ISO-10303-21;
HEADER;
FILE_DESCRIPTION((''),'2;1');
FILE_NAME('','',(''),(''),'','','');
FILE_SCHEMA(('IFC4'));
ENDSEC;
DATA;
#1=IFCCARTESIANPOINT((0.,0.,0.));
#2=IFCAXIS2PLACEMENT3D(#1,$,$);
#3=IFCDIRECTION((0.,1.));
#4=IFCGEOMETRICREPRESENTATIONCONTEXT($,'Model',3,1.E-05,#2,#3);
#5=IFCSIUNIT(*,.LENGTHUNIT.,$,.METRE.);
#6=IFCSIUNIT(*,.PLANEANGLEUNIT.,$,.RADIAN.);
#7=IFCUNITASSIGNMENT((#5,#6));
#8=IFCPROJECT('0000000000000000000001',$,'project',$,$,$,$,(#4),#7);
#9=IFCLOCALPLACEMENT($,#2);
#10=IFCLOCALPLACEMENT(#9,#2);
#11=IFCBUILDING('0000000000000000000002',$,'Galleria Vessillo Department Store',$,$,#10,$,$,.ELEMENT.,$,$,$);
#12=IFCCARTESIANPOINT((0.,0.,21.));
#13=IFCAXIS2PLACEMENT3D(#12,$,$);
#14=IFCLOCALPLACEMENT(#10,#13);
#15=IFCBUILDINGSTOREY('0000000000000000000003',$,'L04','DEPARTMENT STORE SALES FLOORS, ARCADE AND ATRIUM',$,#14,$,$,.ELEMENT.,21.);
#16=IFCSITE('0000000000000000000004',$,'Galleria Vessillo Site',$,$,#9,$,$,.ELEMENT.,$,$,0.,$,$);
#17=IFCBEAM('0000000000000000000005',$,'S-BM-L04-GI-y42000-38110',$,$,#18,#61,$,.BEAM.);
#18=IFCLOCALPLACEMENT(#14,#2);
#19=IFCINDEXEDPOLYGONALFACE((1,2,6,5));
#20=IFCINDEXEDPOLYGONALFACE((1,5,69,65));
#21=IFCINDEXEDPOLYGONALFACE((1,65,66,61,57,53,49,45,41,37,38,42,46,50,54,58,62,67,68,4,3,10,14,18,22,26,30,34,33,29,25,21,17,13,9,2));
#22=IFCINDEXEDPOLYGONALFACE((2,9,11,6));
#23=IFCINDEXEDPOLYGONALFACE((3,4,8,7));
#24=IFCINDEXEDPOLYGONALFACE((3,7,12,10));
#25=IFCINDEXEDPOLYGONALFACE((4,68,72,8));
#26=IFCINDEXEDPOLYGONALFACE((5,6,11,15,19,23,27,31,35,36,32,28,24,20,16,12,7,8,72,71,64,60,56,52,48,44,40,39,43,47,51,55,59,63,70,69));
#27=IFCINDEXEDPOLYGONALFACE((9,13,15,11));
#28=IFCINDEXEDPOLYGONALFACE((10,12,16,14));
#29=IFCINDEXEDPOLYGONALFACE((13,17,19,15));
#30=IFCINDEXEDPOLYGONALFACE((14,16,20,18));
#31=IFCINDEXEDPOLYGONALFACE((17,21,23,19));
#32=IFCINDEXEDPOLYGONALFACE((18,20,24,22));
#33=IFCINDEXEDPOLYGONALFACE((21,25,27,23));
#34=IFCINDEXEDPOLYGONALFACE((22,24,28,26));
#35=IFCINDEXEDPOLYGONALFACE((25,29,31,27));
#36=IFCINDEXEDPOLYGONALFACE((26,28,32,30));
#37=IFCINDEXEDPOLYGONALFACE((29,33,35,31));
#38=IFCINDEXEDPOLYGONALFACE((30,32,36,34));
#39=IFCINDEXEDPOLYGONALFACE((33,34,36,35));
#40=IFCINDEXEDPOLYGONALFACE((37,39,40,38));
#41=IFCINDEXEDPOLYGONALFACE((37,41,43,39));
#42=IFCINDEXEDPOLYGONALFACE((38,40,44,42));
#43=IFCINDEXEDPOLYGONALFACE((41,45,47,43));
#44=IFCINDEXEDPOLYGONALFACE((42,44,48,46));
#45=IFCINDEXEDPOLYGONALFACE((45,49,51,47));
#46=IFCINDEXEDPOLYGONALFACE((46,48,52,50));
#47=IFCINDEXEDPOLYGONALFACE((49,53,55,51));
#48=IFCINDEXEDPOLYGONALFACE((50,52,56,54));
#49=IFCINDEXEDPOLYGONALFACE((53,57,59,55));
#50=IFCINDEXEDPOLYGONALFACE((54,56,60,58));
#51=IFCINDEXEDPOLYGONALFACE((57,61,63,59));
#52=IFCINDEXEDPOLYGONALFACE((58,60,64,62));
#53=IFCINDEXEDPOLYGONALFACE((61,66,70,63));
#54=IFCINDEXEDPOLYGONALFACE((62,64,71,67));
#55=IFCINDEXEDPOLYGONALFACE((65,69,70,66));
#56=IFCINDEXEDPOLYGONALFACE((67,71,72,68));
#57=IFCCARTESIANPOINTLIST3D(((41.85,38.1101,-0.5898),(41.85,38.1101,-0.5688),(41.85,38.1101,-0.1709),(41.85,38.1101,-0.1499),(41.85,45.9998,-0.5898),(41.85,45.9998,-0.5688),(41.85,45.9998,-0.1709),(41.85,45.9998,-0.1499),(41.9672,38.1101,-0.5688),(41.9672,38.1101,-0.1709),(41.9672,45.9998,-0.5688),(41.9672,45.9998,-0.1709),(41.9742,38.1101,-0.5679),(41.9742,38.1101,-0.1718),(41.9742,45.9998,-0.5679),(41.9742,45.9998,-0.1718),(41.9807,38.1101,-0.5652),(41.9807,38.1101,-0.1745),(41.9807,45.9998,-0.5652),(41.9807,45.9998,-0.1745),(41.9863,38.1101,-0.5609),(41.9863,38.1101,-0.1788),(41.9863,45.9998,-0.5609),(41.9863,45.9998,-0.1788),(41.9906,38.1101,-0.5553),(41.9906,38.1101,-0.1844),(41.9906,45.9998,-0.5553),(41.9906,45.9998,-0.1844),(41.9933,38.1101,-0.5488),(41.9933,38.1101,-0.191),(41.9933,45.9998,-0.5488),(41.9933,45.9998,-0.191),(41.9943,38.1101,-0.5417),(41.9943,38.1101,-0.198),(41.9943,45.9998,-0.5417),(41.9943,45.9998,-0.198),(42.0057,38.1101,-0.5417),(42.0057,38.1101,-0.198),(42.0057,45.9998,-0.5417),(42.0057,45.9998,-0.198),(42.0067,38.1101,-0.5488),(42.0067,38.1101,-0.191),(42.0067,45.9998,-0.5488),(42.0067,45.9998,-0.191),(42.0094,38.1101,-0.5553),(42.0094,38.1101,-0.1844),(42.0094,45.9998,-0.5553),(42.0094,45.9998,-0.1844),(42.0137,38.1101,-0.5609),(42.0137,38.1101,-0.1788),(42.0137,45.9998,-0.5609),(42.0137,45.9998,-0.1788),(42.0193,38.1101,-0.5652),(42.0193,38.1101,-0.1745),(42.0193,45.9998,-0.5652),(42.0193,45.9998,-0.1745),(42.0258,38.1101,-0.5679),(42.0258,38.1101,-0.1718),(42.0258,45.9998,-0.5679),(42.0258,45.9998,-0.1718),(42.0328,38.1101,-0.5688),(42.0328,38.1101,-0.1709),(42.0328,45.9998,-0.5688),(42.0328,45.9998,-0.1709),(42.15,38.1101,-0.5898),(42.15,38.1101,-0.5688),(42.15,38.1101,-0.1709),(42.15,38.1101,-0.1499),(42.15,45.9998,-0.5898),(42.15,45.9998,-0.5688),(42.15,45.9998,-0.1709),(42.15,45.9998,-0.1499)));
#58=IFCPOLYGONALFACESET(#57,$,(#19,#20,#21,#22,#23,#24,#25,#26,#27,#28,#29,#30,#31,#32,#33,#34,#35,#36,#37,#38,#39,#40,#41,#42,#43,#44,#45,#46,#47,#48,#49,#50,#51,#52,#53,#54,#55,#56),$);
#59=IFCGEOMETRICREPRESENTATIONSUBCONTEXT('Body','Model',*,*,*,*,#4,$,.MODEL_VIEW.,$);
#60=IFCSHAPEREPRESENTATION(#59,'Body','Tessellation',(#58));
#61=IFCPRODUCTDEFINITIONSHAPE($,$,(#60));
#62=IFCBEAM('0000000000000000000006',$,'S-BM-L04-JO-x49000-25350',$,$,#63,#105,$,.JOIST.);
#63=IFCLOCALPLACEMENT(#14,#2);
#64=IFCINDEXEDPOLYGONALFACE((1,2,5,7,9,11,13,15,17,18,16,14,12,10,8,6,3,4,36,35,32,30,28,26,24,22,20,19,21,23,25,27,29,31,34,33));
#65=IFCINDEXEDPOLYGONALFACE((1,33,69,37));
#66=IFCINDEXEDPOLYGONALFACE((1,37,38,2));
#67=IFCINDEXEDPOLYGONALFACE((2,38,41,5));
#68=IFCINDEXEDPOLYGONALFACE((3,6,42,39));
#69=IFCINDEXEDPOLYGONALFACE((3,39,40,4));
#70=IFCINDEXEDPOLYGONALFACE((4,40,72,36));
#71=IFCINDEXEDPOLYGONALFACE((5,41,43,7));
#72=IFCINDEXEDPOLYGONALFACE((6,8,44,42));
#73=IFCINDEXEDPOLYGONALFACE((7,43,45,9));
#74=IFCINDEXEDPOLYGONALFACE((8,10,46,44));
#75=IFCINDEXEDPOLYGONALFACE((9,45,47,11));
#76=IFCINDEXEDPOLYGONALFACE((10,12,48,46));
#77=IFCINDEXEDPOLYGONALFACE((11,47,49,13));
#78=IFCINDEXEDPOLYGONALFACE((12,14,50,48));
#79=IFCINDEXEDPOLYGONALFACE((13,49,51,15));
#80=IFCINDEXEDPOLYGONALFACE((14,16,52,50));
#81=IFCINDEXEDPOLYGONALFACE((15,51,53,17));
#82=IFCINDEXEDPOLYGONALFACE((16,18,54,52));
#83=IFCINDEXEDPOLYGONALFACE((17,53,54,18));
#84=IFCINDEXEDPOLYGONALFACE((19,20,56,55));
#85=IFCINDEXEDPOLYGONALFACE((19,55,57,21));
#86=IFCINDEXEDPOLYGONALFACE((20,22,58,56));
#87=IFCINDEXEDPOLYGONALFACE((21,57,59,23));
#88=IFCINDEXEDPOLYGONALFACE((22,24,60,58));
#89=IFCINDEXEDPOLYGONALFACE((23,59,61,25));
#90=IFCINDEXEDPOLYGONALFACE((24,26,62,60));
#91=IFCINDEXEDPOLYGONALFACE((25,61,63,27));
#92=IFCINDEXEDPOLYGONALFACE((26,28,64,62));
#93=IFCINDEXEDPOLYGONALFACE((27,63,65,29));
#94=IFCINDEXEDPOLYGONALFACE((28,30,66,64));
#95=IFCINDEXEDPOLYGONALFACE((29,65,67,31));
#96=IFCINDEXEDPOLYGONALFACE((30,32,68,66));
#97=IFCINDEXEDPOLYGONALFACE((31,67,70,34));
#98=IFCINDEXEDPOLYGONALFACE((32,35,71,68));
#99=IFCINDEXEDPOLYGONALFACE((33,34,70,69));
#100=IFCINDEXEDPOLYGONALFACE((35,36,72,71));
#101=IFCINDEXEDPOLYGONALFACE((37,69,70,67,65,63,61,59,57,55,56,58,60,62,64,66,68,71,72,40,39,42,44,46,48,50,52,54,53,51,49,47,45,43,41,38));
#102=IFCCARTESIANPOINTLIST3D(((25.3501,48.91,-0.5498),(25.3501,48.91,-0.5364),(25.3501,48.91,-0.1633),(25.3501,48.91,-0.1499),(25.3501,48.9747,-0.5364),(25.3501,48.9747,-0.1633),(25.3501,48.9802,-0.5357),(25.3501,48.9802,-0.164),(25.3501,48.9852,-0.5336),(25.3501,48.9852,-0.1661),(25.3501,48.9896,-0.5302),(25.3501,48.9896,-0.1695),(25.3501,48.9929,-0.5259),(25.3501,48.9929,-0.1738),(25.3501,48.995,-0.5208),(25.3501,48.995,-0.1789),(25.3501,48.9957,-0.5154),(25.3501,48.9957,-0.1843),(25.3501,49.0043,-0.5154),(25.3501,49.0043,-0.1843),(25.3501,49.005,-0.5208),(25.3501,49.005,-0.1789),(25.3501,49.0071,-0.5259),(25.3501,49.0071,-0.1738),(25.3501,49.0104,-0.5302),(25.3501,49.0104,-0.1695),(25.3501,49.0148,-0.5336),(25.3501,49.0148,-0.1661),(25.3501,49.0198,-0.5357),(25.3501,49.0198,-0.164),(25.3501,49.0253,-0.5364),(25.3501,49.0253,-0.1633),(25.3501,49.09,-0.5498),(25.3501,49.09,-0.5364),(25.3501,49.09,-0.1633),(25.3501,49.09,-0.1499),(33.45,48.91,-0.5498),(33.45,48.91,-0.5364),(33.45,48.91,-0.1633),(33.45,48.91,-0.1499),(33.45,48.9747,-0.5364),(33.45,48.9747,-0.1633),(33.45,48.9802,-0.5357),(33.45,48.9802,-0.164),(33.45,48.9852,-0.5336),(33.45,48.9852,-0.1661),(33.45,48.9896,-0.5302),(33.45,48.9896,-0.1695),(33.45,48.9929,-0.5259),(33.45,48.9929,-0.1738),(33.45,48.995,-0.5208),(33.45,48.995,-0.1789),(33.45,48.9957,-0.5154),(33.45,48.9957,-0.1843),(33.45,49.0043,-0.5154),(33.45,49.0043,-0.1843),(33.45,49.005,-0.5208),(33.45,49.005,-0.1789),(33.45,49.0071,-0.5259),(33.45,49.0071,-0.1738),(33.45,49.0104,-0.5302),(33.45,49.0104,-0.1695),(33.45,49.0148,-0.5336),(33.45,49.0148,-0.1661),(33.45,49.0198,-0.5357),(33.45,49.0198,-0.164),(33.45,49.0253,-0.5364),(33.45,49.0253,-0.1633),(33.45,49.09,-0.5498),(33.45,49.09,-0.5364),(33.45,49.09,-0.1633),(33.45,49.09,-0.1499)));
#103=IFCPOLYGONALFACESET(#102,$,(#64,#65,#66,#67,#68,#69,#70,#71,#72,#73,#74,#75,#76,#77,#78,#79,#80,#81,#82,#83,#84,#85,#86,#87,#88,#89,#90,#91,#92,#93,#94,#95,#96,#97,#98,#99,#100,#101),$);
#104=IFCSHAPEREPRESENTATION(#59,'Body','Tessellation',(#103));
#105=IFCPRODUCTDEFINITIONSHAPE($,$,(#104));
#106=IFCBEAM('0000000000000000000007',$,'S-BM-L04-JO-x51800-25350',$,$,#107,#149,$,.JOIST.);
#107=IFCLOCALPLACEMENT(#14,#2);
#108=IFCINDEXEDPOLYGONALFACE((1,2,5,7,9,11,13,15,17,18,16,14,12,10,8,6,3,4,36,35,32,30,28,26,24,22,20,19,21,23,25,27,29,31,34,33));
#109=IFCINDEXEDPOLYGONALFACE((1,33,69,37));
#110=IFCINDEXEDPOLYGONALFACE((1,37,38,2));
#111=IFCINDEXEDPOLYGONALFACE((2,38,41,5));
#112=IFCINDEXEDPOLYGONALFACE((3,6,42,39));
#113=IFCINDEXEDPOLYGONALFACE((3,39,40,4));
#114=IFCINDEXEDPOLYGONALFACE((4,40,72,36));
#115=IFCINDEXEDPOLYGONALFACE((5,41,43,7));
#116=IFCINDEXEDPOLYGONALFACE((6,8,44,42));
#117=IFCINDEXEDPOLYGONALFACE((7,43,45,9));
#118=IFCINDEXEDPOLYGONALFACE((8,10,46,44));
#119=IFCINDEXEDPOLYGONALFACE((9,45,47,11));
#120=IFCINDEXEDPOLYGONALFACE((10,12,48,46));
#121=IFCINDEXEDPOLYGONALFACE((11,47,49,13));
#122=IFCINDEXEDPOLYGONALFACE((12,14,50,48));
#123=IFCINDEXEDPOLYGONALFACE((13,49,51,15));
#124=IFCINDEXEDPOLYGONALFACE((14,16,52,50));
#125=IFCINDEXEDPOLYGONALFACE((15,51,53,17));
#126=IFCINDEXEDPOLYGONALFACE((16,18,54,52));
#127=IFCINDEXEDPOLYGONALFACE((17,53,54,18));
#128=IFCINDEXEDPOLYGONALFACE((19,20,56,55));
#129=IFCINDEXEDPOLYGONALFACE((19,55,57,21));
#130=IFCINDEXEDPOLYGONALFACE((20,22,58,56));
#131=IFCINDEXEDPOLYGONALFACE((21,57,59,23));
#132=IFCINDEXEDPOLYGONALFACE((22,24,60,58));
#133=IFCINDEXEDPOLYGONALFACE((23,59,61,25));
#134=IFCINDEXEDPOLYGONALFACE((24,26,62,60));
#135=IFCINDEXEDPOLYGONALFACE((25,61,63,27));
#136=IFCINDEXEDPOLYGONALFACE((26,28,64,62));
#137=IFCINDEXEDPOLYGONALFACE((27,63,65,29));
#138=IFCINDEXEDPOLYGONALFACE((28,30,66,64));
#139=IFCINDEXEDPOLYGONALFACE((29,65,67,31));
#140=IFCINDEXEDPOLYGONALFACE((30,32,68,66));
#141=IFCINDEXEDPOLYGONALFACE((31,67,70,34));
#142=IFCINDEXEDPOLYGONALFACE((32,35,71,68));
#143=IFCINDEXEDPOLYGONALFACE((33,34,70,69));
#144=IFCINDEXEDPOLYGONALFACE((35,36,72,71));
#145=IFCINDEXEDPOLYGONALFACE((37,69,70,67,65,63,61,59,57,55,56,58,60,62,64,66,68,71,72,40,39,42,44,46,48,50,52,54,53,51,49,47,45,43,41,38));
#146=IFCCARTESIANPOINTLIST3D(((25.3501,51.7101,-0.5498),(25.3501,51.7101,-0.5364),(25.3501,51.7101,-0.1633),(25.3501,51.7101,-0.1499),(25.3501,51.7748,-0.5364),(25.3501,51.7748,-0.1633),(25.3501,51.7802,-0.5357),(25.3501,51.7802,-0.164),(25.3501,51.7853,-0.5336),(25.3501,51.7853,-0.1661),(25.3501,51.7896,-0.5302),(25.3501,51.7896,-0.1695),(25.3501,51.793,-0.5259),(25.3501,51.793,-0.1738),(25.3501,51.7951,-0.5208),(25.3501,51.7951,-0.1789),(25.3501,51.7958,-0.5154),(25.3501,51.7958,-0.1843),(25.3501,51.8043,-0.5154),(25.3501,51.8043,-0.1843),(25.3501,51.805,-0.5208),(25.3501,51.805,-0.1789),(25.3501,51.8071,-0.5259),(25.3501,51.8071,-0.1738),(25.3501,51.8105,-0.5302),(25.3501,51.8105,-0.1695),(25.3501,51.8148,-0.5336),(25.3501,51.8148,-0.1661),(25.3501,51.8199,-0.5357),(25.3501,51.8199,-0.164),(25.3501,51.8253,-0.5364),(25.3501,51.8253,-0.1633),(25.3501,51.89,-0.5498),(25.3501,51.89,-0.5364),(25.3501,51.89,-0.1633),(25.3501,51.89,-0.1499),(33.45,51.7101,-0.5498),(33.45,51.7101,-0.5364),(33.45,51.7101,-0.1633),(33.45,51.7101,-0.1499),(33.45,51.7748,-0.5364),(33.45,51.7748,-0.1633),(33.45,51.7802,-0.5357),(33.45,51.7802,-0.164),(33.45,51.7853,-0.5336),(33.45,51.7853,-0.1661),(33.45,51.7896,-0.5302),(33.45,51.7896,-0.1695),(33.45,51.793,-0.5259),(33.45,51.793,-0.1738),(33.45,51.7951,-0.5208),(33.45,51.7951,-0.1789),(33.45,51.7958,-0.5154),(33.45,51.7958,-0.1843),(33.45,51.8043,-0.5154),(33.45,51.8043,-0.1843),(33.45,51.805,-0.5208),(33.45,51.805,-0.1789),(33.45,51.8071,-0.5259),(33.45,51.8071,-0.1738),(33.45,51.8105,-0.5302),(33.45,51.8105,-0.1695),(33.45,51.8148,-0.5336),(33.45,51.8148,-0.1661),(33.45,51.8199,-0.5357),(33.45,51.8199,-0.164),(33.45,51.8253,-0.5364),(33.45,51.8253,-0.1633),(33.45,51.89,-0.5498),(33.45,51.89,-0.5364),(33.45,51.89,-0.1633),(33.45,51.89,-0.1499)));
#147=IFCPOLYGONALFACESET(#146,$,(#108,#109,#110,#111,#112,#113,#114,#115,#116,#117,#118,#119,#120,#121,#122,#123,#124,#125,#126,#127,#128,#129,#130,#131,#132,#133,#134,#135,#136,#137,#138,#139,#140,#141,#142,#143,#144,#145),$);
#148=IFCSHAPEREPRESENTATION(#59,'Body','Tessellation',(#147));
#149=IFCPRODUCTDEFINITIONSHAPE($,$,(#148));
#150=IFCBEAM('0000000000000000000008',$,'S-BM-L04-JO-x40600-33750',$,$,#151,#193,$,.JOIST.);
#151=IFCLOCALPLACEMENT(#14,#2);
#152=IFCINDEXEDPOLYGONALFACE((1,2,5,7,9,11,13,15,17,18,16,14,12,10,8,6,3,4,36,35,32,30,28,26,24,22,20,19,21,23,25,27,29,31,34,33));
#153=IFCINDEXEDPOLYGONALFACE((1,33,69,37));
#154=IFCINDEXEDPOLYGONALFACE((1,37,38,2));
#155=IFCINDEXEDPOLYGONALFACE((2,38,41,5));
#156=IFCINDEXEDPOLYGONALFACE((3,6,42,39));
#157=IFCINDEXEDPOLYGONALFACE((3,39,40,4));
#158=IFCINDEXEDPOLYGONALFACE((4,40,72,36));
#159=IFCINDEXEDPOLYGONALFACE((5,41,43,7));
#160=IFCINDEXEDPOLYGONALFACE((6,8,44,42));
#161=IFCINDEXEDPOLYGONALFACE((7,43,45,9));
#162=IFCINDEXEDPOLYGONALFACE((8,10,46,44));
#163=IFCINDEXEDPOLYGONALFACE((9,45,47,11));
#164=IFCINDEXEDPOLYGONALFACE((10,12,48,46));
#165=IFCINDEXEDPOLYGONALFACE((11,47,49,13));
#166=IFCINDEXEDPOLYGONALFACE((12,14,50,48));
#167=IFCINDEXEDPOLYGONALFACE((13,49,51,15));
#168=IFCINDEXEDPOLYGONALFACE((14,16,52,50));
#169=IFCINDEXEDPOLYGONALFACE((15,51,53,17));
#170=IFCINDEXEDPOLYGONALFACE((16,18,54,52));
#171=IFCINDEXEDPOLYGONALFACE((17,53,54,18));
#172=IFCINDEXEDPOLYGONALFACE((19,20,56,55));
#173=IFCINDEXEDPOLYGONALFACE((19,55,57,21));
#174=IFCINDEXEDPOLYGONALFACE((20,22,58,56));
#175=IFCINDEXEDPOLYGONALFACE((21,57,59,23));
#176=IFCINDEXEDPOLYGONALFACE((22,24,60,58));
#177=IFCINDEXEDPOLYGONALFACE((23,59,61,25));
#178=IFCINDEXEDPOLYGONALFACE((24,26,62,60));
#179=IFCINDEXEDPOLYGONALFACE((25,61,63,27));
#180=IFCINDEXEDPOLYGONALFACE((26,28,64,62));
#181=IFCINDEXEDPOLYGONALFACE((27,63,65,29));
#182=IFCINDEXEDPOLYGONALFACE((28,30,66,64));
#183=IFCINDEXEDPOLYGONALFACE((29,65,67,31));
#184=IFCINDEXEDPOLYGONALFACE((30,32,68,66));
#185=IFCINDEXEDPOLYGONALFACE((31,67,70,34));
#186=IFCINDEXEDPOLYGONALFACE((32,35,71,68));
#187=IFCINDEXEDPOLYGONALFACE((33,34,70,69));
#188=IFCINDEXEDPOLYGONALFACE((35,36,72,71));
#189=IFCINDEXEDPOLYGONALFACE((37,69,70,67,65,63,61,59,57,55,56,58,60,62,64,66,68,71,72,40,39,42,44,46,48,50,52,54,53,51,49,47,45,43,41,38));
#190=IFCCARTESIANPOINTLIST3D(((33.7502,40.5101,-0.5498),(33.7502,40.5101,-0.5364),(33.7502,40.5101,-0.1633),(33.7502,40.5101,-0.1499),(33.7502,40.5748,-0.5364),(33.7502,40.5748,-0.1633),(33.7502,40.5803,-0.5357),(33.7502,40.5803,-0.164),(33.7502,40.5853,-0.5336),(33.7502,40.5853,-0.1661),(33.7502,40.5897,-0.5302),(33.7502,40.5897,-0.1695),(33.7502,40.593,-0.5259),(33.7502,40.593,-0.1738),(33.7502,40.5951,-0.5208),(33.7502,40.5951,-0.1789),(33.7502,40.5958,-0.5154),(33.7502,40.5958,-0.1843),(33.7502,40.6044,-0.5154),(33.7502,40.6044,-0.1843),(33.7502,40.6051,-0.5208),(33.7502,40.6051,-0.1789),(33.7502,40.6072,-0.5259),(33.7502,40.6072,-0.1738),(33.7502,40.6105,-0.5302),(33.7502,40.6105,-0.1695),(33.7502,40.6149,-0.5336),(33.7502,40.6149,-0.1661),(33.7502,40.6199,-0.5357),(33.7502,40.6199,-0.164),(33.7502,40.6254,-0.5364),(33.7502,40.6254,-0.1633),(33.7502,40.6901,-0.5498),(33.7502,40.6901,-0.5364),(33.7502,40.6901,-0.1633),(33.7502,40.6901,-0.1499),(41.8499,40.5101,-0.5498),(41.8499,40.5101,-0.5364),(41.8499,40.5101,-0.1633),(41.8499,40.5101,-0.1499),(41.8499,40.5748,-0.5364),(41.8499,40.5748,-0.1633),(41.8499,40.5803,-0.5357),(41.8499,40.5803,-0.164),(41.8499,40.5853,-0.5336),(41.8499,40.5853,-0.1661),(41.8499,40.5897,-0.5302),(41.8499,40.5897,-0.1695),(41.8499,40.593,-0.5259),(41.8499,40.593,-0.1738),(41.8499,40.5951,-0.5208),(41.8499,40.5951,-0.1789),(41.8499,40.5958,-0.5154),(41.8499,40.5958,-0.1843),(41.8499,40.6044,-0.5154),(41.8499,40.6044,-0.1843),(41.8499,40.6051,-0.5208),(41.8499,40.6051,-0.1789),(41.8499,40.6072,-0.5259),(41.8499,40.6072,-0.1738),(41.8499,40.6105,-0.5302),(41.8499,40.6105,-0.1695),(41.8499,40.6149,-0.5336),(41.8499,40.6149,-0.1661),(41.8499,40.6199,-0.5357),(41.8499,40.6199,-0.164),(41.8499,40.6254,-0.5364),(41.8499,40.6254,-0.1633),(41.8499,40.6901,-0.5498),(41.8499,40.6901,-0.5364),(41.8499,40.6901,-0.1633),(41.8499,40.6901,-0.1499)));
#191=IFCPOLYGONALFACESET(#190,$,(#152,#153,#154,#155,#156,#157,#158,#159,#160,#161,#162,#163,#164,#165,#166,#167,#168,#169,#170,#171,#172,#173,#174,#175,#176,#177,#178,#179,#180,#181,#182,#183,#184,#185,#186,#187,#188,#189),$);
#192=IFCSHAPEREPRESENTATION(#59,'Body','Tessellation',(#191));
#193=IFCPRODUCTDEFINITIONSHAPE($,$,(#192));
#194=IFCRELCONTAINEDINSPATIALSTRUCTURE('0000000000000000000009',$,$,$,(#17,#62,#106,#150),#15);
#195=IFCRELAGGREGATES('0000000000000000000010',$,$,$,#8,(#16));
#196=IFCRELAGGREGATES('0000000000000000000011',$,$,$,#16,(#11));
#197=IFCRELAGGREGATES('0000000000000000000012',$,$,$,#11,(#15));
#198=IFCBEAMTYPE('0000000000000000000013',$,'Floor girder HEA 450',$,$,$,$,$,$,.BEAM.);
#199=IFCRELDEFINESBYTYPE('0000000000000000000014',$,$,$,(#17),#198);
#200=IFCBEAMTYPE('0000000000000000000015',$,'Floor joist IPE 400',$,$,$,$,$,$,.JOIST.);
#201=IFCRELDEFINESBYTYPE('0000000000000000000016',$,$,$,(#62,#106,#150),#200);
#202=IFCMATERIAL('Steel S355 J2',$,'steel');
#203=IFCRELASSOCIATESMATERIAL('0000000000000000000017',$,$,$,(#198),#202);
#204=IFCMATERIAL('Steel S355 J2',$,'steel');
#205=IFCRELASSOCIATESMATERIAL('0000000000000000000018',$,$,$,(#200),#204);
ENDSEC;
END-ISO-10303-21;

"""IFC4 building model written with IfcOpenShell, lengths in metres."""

from ifc_helpers import new_model, si_unit, direction, frame, origin, origin_2d, place, context, subcontext, project, spatial, i_section, extrude, material, material_profile, profile_set, type_object, element, save


model = new_model("IFC4")

# Units and contexts
model_context = context("Model", 3, precision=1e-05, world=origin(), true_north=direction((0.0, 1.0)))
body_context = subcontext(model_context, "Body", "Model", "MODEL_VIEW")
ifc_project = project(units=[si_unit("LENGTHUNIT", "METRE"), si_unit("PLANEANGLEUNIT", "RADIAN")], contexts=[model_context])

# Site, building, storey
site_placement = place(None, origin())
site = spatial("IfcSite", under=ifc_project, at=site_placement, Name="Galleria Vessillo Site", CompositionType="ELEMENT", RefElevation=0.0)
building_placement = place(site_placement, origin())
building = spatial("IfcBuilding", under=site, at=building_placement, Name="Galleria Vessillo Department Store", CompositionType="ELEMENT")
storey_placement = place(building_placement, frame((0.0, 0.0, 21.0)))
storey = spatial("IfcBuildingStorey", under=building, at=storey_placement, Name="L04", Description="DEPARTMENT STORE SALES FLOORS, ARCADE AND ATRIUM", CompositionType="ELEMENT", Elevation=21.0)

# Beams
ifc_material_1 = material(Name="Steel S355 J2", Category="steel")
ifc_material_profile_1 = material_profile(ifc_material_1, i_section(OverallWidth=0.3, OverallDepth=0.4399, WebThickness=0.0115, FlangeThickness=0.021, FilletRadius=0.0271, at=origin_2d()), Name="HEA 450")
ifc_profile_set_1 = profile_set([ifc_material_profile_1], Name="Steel S355 J2")
beam_type_1 = type_object("IfcBeamType", Name="Floor girder HEA 450", PredefinedType="BEAM", material=ifc_profile_set_1)
beam_1_placement = place(storey_placement, frame((42.0, 38.1101, -0.3699), z_axis=(0.0, 1.0, 0.0), x_axis=(-1.0, 0.0, 0.0)))
element("IfcBeam", 1, at=beam_1_placement, inside=storey, type_object=beam_type_1, Name="S-BM-L04-GI-y42000-38110", PredefinedType="BEAM", context=body_context, shape_type="SweptSolid", body=[
    extrude(i_section(OverallWidth=0.3, OverallDepth=0.4399, WebThickness=0.0115, FlangeThickness=0.021, FilletRadius=0.0271, at=origin_2d()), origin(), (0.0, 0.0, 1.0), 7.8896),
])
ifc_material_2 = material(Name="Steel S355 J2", Category="steel")
ifc_material_profile_2 = material_profile(ifc_material_2, i_section(OverallWidth=0.1799, OverallDepth=0.3999, WebThickness=0.0085, FlangeThickness=0.0134, FilletRadius=0.021, at=origin_2d()), Name="IPE 400")
ifc_profile_set_2 = profile_set([ifc_material_profile_2], Name="Steel S355 J2")
beam_type_2 = type_object("IfcBeamType", Name="Floor joist IPE 400", PredefinedType="JOIST", material=ifc_profile_set_2)
for number, where, z_axis, x_axis, name in (
    (2, (25.3501, 49.0, -0.3499), (1.0, 0.0, 0.0), (0.0, 1.0, 0.0), "S-BM-L04-JO-x49000-25350"),
    (3, (25.3501, 51.8, -0.3499), (1.0, 0.0, 0.0), (0.0, 1.0, 0.0), "S-BM-L04-JO-x51800-25350"),
):
    element("IfcBeam", number, at=place(storey_placement, frame(where, z_axis=z_axis, x_axis=x_axis)), inside=storey, type_object=beam_type_2, Name=name, PredefinedType="JOIST", context=body_context, shape_type="SweptSolid", body=[
        extrude(i_section(OverallWidth=0.1799, OverallDepth=0.3999, WebThickness=0.0085, FlangeThickness=0.0134, FilletRadius=0.021, at=origin_2d()), origin(), (0.0, 0.0, 1.0), 8.0999),
    ])
for number, where, z_axis, x_axis, name in (
    (4, (33.7502, 40.6001, -0.3499), (1.0, 0.0, 0.0), (0.0, 1.0, 0.0), "S-BM-L04-JO-x40600-33750"),
):
    element("IfcBeam", number, at=place(storey_placement, frame(where, z_axis=z_axis, x_axis=x_axis)), inside=storey, type_object=beam_type_2, Name=name, PredefinedType="JOIST", context=body_context, shape_type="SweptSolid", body=[
        extrude(i_section(OverallWidth=0.1799, OverallDepth=0.3999, WebThickness=0.0085, FlangeThickness=0.0134, FilletRadius=0.021, at=origin_2d()), origin(), (0.0, 0.0, 1.0), 8.0996),
    ])

save(model, "model.ifc")
